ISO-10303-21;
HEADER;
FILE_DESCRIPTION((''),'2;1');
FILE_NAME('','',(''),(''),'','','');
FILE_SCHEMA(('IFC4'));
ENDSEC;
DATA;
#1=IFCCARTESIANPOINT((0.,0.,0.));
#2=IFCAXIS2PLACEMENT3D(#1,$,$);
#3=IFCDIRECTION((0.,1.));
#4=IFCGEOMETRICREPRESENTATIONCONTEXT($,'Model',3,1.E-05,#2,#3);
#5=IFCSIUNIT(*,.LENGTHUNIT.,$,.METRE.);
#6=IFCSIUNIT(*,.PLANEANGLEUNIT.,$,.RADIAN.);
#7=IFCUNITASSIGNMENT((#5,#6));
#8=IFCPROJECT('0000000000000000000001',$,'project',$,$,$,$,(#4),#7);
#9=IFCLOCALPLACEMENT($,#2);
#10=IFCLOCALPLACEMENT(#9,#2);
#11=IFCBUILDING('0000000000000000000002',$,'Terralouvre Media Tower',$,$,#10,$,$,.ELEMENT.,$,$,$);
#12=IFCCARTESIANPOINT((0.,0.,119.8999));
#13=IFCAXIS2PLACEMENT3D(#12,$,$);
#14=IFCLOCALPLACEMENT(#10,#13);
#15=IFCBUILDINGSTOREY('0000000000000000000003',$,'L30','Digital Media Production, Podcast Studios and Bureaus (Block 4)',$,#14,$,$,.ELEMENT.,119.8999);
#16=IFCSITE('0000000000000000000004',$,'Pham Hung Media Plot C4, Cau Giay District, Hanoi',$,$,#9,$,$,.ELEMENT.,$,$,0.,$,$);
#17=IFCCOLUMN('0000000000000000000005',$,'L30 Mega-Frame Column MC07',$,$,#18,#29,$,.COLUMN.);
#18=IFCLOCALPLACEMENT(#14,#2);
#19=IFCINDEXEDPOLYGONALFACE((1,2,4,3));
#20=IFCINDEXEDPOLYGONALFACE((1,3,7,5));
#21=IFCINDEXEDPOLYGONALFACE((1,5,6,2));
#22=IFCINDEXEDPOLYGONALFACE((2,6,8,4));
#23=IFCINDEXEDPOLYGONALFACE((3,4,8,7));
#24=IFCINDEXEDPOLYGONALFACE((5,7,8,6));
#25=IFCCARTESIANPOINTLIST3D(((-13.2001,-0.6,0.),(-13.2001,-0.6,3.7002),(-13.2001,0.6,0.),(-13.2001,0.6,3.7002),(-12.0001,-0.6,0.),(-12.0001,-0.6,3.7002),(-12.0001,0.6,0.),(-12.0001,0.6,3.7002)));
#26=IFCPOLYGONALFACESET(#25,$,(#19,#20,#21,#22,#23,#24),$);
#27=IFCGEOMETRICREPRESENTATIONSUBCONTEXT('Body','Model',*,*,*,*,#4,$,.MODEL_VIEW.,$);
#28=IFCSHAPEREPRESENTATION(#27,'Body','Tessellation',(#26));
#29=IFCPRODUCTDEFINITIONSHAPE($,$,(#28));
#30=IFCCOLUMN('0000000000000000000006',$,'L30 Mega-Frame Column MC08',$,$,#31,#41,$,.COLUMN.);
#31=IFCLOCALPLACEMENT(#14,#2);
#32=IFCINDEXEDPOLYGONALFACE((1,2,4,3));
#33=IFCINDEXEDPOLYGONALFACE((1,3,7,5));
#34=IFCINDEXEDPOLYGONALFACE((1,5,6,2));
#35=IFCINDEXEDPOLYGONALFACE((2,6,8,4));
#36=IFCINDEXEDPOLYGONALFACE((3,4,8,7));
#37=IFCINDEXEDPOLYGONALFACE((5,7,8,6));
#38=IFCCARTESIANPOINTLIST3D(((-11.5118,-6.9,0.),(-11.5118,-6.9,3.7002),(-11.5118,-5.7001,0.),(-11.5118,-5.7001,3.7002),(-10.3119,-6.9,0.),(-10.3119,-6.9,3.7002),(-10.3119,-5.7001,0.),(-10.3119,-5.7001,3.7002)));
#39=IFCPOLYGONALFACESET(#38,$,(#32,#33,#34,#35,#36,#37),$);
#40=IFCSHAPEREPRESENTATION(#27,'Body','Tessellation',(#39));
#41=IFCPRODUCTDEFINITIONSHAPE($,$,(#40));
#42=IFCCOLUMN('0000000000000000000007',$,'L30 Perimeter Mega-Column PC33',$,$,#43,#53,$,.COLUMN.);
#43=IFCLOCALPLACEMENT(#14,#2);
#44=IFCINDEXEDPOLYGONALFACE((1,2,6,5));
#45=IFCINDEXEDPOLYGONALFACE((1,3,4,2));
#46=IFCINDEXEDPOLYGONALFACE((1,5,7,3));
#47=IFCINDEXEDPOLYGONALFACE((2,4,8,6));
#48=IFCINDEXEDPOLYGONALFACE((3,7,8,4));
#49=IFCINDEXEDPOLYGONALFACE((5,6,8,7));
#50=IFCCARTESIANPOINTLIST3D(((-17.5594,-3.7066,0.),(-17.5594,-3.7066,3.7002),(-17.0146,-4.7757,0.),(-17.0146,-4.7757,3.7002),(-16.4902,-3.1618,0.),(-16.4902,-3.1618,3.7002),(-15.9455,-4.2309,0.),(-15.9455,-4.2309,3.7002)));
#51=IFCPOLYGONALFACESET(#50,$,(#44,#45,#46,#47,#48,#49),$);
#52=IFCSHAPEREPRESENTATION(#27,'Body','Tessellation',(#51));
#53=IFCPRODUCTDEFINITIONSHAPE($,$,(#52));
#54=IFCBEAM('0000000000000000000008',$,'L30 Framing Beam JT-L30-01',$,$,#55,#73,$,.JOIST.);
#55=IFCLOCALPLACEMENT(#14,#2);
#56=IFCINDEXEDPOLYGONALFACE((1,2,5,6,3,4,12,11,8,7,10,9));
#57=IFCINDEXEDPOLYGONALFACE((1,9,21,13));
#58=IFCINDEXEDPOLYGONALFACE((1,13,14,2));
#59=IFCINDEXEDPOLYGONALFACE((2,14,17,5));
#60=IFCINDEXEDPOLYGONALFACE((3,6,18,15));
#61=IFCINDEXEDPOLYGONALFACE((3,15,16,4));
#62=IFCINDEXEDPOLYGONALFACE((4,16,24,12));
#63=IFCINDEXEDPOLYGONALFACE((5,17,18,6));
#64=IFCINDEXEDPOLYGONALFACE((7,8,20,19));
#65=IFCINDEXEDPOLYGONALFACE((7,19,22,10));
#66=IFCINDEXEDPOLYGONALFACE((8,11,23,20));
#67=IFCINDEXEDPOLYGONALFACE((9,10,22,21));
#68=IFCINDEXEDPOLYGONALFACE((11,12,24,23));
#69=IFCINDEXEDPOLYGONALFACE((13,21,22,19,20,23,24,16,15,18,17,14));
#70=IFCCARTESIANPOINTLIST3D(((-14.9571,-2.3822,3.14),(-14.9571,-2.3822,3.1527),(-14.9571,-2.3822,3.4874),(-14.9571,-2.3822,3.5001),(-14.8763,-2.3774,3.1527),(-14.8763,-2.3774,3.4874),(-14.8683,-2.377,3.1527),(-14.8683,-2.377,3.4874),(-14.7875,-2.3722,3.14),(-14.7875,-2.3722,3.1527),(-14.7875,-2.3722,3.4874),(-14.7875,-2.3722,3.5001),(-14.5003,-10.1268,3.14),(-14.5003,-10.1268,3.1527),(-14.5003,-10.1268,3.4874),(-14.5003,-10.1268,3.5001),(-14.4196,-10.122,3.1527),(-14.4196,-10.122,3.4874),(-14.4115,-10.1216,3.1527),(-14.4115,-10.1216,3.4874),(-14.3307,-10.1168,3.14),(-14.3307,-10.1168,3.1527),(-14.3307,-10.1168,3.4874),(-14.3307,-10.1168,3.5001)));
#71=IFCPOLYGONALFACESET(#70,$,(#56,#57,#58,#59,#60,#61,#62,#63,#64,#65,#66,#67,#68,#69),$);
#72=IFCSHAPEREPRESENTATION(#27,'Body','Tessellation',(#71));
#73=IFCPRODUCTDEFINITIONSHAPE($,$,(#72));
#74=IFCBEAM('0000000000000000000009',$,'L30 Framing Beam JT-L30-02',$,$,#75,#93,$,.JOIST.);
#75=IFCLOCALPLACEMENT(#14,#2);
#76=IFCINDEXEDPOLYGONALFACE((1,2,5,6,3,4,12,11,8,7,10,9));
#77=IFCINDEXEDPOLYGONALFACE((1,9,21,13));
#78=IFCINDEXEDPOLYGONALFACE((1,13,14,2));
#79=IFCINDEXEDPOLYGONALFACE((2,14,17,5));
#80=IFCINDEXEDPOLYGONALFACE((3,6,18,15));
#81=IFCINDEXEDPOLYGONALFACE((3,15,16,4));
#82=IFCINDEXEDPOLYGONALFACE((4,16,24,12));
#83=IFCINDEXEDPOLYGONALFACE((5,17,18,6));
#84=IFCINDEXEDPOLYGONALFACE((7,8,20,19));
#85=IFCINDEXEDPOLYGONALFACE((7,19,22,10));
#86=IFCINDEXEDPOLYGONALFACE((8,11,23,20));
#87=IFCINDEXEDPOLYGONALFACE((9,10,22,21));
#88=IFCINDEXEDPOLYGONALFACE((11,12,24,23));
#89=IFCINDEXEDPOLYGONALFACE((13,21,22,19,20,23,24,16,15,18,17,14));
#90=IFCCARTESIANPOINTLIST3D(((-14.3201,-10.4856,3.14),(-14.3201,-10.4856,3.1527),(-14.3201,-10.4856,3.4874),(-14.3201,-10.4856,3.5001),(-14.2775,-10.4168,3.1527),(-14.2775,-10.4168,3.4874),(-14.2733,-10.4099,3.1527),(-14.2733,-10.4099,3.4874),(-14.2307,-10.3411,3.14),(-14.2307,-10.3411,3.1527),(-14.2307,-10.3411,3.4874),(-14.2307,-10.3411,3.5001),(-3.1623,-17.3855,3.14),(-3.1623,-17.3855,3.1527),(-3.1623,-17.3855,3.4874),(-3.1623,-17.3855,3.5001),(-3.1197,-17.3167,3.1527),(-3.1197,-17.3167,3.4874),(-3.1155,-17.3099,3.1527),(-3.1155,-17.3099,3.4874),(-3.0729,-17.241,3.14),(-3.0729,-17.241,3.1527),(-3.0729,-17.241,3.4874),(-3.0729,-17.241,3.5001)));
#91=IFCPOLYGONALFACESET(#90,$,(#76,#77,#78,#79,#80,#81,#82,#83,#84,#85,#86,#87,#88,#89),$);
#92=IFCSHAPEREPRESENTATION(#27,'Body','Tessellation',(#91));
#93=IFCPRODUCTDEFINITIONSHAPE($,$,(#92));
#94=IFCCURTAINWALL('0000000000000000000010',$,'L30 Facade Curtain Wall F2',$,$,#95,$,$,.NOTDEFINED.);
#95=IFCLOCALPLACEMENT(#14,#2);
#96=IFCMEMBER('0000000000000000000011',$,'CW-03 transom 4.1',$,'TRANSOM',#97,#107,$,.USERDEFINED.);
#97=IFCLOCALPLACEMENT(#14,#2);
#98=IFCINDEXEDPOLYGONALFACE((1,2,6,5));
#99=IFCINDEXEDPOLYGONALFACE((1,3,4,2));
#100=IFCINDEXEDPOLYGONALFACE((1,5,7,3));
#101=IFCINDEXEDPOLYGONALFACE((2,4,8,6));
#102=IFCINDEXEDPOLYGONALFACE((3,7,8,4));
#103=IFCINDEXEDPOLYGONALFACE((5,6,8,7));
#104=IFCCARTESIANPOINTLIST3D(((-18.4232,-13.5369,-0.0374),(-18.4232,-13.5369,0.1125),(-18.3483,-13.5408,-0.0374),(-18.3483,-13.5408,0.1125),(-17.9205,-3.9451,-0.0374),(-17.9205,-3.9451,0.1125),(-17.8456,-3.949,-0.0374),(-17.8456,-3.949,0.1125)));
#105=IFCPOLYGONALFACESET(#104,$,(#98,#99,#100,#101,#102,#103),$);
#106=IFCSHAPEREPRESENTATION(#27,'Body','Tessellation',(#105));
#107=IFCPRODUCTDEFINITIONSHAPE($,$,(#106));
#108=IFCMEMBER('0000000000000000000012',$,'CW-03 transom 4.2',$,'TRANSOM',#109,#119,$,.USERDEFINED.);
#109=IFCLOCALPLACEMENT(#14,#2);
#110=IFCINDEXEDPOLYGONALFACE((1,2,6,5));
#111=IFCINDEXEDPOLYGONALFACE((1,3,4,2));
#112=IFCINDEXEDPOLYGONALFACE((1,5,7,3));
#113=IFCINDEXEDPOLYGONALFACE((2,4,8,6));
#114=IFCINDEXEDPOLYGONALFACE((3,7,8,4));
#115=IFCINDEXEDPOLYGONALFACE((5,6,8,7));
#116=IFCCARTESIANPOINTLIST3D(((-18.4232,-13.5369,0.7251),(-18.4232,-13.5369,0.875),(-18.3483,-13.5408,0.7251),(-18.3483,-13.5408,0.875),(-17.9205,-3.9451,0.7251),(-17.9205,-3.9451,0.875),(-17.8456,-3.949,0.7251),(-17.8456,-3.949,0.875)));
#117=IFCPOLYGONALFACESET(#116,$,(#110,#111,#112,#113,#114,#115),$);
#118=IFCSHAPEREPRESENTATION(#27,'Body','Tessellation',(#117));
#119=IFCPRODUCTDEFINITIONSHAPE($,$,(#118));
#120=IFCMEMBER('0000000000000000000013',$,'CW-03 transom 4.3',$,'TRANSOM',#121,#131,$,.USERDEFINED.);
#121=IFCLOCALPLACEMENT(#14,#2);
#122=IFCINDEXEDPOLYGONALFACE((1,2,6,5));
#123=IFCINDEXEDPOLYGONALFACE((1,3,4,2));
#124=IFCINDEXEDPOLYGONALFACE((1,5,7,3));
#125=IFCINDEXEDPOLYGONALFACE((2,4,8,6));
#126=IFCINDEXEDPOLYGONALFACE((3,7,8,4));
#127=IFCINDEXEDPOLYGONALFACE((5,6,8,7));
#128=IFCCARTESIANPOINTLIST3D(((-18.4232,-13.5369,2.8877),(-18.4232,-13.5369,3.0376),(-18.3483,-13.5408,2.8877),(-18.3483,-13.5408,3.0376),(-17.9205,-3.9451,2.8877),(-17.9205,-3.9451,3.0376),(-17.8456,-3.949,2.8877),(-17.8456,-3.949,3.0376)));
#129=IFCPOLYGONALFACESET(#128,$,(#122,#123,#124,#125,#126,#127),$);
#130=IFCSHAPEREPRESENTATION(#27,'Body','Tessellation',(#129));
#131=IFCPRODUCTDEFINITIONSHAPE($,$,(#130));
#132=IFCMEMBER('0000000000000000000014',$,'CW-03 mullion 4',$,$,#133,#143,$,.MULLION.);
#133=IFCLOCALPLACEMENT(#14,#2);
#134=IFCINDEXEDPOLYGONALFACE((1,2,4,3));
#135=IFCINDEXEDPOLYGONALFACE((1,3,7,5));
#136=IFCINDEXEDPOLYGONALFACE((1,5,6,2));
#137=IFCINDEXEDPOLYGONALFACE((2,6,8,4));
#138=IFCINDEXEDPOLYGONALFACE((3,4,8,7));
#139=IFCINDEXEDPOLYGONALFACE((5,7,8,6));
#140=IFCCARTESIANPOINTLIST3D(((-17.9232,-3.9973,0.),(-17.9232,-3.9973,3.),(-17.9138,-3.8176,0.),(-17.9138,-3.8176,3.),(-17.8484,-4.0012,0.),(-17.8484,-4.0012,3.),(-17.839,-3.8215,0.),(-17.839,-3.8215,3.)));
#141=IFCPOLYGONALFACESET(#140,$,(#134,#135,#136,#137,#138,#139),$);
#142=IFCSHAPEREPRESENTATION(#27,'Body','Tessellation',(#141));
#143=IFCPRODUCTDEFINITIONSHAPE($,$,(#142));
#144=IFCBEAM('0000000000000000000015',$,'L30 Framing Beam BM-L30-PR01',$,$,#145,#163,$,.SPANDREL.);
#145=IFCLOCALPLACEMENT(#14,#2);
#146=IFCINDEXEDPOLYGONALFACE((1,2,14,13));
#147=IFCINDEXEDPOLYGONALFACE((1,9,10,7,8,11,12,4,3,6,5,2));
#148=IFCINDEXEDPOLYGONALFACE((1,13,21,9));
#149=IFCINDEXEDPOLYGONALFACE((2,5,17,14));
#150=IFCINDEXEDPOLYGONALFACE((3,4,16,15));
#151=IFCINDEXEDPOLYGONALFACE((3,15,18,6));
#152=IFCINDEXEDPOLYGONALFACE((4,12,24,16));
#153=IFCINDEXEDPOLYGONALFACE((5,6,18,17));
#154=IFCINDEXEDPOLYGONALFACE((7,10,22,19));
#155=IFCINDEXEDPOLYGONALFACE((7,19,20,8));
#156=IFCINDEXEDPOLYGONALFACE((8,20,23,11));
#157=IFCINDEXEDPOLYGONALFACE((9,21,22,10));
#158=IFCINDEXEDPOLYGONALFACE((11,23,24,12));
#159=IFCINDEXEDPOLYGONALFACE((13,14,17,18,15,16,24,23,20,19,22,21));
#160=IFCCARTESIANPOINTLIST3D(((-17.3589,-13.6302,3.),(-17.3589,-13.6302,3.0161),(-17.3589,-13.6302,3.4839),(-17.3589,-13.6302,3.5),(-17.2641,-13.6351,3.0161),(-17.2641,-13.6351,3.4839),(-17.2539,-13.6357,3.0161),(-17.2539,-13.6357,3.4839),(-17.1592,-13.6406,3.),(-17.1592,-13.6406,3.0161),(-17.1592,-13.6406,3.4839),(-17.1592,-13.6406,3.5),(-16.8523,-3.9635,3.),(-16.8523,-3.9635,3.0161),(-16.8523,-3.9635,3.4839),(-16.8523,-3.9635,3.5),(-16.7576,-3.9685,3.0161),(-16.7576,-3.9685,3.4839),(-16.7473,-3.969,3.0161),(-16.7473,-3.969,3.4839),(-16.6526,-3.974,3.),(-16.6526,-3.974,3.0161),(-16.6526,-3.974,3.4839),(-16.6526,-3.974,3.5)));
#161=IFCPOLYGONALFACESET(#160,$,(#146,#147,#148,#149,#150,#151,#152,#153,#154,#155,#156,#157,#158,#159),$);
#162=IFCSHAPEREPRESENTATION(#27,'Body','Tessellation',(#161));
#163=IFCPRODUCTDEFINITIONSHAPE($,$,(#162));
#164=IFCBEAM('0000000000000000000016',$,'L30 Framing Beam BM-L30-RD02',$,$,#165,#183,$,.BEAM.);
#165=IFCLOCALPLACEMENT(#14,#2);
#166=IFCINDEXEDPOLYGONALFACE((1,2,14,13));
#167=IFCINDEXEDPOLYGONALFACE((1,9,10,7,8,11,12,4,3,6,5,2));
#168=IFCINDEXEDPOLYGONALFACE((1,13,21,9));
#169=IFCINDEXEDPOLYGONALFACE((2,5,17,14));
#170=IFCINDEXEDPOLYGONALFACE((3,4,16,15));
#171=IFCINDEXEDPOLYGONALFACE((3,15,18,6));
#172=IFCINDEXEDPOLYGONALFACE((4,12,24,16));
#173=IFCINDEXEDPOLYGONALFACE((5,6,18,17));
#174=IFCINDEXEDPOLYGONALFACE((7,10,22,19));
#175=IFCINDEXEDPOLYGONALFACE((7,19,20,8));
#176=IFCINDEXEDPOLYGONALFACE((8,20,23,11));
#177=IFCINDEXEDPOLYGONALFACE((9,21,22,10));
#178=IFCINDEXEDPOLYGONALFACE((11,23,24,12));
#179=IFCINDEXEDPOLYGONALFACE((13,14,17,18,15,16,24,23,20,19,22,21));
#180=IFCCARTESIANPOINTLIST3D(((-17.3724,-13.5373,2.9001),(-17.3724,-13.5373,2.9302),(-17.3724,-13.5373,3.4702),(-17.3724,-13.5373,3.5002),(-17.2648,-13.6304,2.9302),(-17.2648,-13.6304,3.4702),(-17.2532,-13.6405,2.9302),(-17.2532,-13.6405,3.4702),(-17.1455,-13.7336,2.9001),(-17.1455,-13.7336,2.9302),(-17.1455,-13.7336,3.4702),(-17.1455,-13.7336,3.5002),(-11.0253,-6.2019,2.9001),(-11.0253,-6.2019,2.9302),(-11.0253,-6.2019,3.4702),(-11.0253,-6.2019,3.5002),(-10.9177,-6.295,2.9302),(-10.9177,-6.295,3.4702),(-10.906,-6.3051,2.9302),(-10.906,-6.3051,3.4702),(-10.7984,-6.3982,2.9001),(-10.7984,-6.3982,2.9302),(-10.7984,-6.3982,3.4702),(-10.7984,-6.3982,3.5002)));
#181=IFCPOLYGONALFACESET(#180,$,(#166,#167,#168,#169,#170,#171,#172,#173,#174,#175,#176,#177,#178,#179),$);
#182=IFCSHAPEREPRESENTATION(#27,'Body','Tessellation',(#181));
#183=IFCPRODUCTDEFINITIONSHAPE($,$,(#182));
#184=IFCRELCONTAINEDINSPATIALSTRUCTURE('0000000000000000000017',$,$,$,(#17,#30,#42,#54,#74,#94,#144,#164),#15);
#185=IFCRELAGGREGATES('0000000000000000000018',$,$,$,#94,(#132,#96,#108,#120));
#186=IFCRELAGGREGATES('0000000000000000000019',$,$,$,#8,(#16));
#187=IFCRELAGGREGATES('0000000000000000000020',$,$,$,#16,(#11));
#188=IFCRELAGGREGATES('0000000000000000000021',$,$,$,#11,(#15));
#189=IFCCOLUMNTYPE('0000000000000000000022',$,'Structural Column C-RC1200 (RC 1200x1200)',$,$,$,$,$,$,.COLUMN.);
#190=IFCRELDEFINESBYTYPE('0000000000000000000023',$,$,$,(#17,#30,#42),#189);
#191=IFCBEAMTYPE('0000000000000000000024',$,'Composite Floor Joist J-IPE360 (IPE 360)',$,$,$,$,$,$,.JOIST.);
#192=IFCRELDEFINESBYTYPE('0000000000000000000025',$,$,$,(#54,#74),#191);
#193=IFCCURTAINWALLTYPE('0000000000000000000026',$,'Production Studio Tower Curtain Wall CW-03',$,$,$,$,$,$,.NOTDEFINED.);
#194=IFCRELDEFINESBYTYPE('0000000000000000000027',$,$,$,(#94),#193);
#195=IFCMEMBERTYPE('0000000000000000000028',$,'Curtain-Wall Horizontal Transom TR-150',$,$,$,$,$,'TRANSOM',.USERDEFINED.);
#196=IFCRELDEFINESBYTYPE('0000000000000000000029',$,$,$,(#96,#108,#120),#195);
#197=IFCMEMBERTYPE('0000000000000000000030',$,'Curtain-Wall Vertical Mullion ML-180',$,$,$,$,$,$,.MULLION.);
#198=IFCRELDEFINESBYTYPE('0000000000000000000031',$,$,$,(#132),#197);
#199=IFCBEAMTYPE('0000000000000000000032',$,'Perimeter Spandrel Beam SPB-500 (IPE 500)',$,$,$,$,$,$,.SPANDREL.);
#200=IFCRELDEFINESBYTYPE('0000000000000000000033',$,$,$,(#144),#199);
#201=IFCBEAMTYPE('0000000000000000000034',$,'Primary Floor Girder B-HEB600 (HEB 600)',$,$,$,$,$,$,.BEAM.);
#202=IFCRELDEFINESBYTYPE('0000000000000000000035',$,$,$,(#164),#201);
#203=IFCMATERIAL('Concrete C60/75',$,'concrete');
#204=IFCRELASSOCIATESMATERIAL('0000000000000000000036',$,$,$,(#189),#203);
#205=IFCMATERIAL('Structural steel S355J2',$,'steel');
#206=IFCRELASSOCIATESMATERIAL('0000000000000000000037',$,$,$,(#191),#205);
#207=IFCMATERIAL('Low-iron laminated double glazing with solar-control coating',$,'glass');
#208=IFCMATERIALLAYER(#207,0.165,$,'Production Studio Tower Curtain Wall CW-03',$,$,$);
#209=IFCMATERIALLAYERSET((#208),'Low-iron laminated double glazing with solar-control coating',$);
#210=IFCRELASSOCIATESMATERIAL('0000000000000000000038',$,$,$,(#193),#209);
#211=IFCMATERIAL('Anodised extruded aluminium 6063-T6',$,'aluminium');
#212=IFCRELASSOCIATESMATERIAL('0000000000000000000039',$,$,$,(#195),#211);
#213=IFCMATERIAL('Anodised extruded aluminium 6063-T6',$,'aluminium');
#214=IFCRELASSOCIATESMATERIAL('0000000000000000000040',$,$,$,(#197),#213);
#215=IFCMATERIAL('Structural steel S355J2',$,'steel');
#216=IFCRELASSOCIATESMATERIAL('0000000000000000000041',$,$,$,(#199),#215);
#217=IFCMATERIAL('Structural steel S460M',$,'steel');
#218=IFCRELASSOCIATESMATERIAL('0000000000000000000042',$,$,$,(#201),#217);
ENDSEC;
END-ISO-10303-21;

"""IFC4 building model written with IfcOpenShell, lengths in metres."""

from ifc_helpers import new_model, si_unit, direction, frame, origin, origin_2d, place, context, subcontext, project, spatial, rectangle, i_section, extrude, material, layer, layer_set, material_profile, profile_set, type_object, element, aggregate, save


model = new_model("IFC4")

# Units and contexts
model_context = context("Model", 3, precision=1e-05, world=origin(), true_north=direction((0.0, 1.0)))
body_context = subcontext(model_context, "Body", "Model", "MODEL_VIEW")
ifc_project = project(units=[si_unit("LENGTHUNIT", "METRE"), si_unit("PLANEANGLEUNIT", "RADIAN")], contexts=[model_context])

# Site, building, storey
site_placement = place(None, origin())
site = spatial("IfcSite", under=ifc_project, at=site_placement, Name="Pham Hung Media Plot C4, Cau Giay District, Hanoi", CompositionType="ELEMENT", RefElevation=0.0)
building_placement = place(site_placement, origin())
building = spatial("IfcBuilding", under=site, at=building_placement, Name="Terralouvre Media Tower", CompositionType="ELEMENT")
storey_placement = place(building_placement, frame((0.0, 0.0, 119.8999)))
storey = spatial("IfcBuildingStorey", under=building, at=storey_placement, Name="L30", Description="Digital Media Production, Podcast Studios and Bureaus (Block 4)", CompositionType="ELEMENT", Elevation=119.8999)

# Columns
ifc_material_1 = material(Name="Concrete C60/75", Category="concrete")
ifc_material_profile_1 = material_profile(ifc_material_1, rectangle(XDim=1.2, YDim=1.2, at=origin_2d()), Name="RC 1200x1200")
ifc_profile_set_1 = profile_set([ifc_material_profile_1], Name="Concrete C60/75")
column_type = type_object("IfcColumnType", Name="Structural Column C-RC1200 (RC 1200x1200)", PredefinedType="COLUMN", material=ifc_profile_set_1)
for number, where, z_axis, x_axis, name in (
    (1, (-12.6001, 0.0, 0.0), (0.0, 0.0, 1.0), (1.0, 0.0, 0.0), "L30 Mega-Frame Column MC07"),
    (2, (-10.9119, -6.3, 0.0), (0.0, 0.0, 1.0), (1.0, 0.0, 0.0), "L30 Mega-Frame Column MC08"),
    (3, (-16.7524, -3.9688, 0.0), (0.0, 0.0, 1.0), (0.891007, 0.45399, 0.0), "L30 Perimeter Mega-Column PC33"),
):
    element("IfcColumn", number, at=place(storey_placement, frame(where, z_axis=z_axis, x_axis=x_axis)), inside=storey, type_object=column_type, Name=name, PredefinedType="COLUMN", context=body_context, shape_type="SweptSolid", body=[
        extrude(rectangle(XDim=1.2, YDim=1.2, at=origin_2d()), origin(), (0.0, 0.0, 1.0), 3.7002),
    ])

# Beams
ifc_material_2 = material(Name="Structural steel S355J2", Category="steel")
ifc_material_profile_2 = material_profile(ifc_material_2, i_section(OverallWidth=0.1699, OverallDepth=0.3601, WebThickness=0.0081, FlangeThickness=0.0127, at=origin_2d()), Name="IPE 360")
ifc_profile_set_2 = profile_set([ifc_material_profile_2], Name="Structural steel S355J2")
beam_type_1 = type_object("IfcBeamType", Name="Composite Floor Joist J-IPE360 (IPE 360)", PredefinedType="JOIST", material=ifc_profile_set_2)
beam_1_placement = place(storey_placement, frame((-14.8723, -2.3772, 3.3201), z_axis=(0.058879, -0.998265, 0.0), x_axis=(0.998265, 0.058879, 0.0)))
element("IfcBeam", 4, at=beam_1_placement, inside=storey, type_object=beam_type_1, Name="L30 Framing Beam JT-L30-01", PredefinedType="JOIST", context=body_context, shape_type="SweptSolid", body=[
    extrude(i_section(OverallWidth=0.1699, OverallDepth=0.3601, WebThickness=0.0081, FlangeThickness=0.0127, at=origin_2d()), origin(), (0.0, 0.0, 1.0), 7.7581),
])
beam_2_placement = place(storey_placement, frame((-14.2754, -10.4133, 3.3201), z_axis=(0.850513, -0.525955, 0.0), x_axis=(0.525955, 0.850513, 0.0)))
element("IfcBeam", 5, at=beam_2_placement, inside=storey, type_object=beam_type_1, Name="L30 Framing Beam JT-L30-02", PredefinedType="JOIST", context=body_context, shape_type="SweptSolid", body=[
    extrude(i_section(OverallWidth=0.1699, OverallDepth=0.3601, WebThickness=0.0081, FlangeThickness=0.0127, at=origin_2d()), origin(), (0.0, 0.0, 1.0), 13.1189),
])

# Curtain wall, members
ifc_material_3 = material(Name="Low-iron laminated double glazing with solar-control coating", Category="glass")
ifc_layer_1 = layer(ifc_material_3, 0.165, Name="Production Studio Tower Curtain Wall CW-03")
ifc_layer_set_1 = layer_set([ifc_layer_1], Name="Low-iron laminated double glazing with solar-control coating")
curtain_wall_type = type_object("IfcCurtainWallType", Name="Production Studio Tower Curtain Wall CW-03", PredefinedType="NOTDEFINED", material=ifc_layer_set_1)
curtain_wall_placement = place(storey_placement, origin())
curtain_wall = element("IfcCurtainWall", 6, at=curtain_wall_placement, inside=storey, type_object=curtain_wall_type, Name="L30 Facade Curtain Wall F2", PredefinedType="NOTDEFINED")
ifc_material_4 = material(Name="Anodised extruded aluminium 6063-T6", Category="aluminium")
ifc_material_profile_3 = material_profile(ifc_material_4, rectangle(XDim=0.075, YDim=0.1499, at=origin_2d()), Name="ALU 75x150")
ifc_profile_set_3 = profile_set([ifc_material_profile_3], Name="Anodised extruded aluminium 6063-T6")
member_type_1 = type_object("IfcMemberType", Name="Curtain-Wall Horizontal Transom TR-150", ElementType="TRANSOM", PredefinedType="USERDEFINED", material=ifc_profile_set_3)
member_1_placement = place(storey_placement, frame((-17.8831, -3.947, 0.0376), z_axis=(-0.052336, -0.99863, 0.0), x_axis=(0.99863, -0.052336, 0.0)))
member_1 = element("IfcMember", 7, at=member_1_placement, type_object=member_type_1, Name="CW-03 transom 4.1", ObjectType="TRANSOM", PredefinedType="USERDEFINED", context=body_context, shape_type="SweptSolid", body=[
    extrude(rectangle(XDim=0.075, YDim=0.1499, at=origin_2d()), origin(), (0.0, 0.0, 1.0), 9.605),
])
member_2_placement = place(storey_placement, frame((-17.8831, -3.947, 0.8), z_axis=(-0.052336, -0.99863, 0.0), x_axis=(0.99863, -0.052336, 0.0)))
member_2 = element("IfcMember", 8, at=member_2_placement, type_object=member_type_1, Name="CW-03 transom 4.2", ObjectType="TRANSOM", PredefinedType="USERDEFINED", context=body_context, shape_type="SweptSolid", body=[
    extrude(rectangle(XDim=0.075, YDim=0.1499, at=origin_2d()), origin(), (0.0, 0.0, 1.0), 9.605),
])
member_3_placement = place(storey_placement, frame((-17.8831, -3.947, 2.9626), z_axis=(-0.052336, -0.99863, 0.0), x_axis=(0.99863, -0.052336, 0.0)))
member_3 = element("IfcMember", 9, at=member_3_placement, type_object=member_type_1, Name="CW-03 transom 4.3", ObjectType="TRANSOM", PredefinedType="USERDEFINED", context=body_context, shape_type="SweptSolid", body=[
    extrude(rectangle(XDim=0.075, YDim=0.1499, at=origin_2d()), origin(), (0.0, 0.0, 1.0), 9.605),
])
ifc_material_5 = material(Name="Anodised extruded aluminium 6063-T6", Category="aluminium")
ifc_material_profile_4 = material_profile(ifc_material_5, rectangle(XDim=0.075, YDim=0.1799, at=origin_2d()), Name="ALU 75x180")
ifc_profile_set_4 = profile_set([ifc_material_profile_4], Name="Anodised extruded aluminium 6063-T6")
member_type_2 = type_object("IfcMemberType", Name="Curtain-Wall Vertical Mullion ML-180", PredefinedType="MULLION", material=ifc_profile_set_4)
member_4_placement = place(storey_placement, frame((-17.8811, -3.9094, 0.0), z_axis=(0.0, 0.0, 1.0), x_axis=(0.99863, -0.052336, 0.0)))
member_4 = element("IfcMember", 10, at=member_4_placement, type_object=member_type_2, Name="CW-03 mullion 4", PredefinedType="MULLION", context=body_context, shape_type="SweptSolid", body=[
    extrude(rectangle(XDim=0.075, YDim=0.1799, at=origin_2d()), origin(), (0.0, 0.0, 1.0), 3.0),
])

# Beams
ifc_material_6 = material(Name="Structural steel S355J2", Category="steel")
ifc_material_profile_5 = material_profile(ifc_material_6, i_section(OverallWidth=0.2, OverallDepth=0.5, WebThickness=0.0103, FlangeThickness=0.0161, at=origin_2d()), Name="IPE 500")
ifc_profile_set_5 = profile_set([ifc_material_profile_5], Name="Structural steel S355J2")
beam_type_2 = type_object("IfcBeamType", Name="Perimeter Spandrel Beam SPB-500 (IPE 500)", PredefinedType="SPANDREL", material=ifc_profile_set_5)
beam_3_placement = place(storey_placement, frame((-16.7524, -3.9688, 3.25), z_axis=(-0.052334, -0.99863, 0.0), x_axis=(0.99863, -0.052334, 0.0)))
element("IfcBeam", 11, at=beam_3_placement, inside=storey, type_object=beam_type_2, Name="L30 Framing Beam BM-L30-PR01", PredefinedType="SPANDREL", context=body_context, shape_type="SweptSolid", body=[
    extrude(i_section(OverallWidth=0.2, OverallDepth=0.5, WebThickness=0.0103, FlangeThickness=0.0161, at=origin_2d()), origin(), (0.0, 0.0, 1.0), 9.6799),
])
ifc_material_7 = material(Name="Structural steel S460M", Category="steel")
ifc_material_profile_6 = material_profile(ifc_material_7, i_section(OverallWidth=0.3, OverallDepth=0.6001, WebThickness=0.0154, FlangeThickness=0.03, at=origin_2d()), Name="HEB 600")
ifc_profile_set_6 = profile_set([ifc_material_profile_6], Name="Structural steel S460M")
beam_type_3 = type_object("IfcBeamType", Name="Primary Floor Girder B-HEB600 (HEB 600)", PredefinedType="BEAM", material=ifc_profile_set_6)
beam_4_placement = place(storey_placement, frame((-10.9119, -6.3, 3.2002), z_axis=(-0.654329, -0.75621, 0.0), x_axis=(0.75621, -0.654329, 0.0)))
element("IfcBeam", 12, at=beam_4_placement, inside=storey, type_object=beam_type_3, Name="L30 Framing Beam BM-L30-RD02", PredefinedType="BEAM", context=body_context, shape_type="SweptSolid", body=[
    extrude(i_section(OverallWidth=0.3, OverallDepth=0.6001, WebThickness=0.0154, FlangeThickness=0.03, at=origin_2d()), origin(), (0.0, 0.0, 1.0), 9.7002),
])

aggregate(curtain_wall, [member_4, member_1, member_2, member_3])

save(model, "model.ifc")
